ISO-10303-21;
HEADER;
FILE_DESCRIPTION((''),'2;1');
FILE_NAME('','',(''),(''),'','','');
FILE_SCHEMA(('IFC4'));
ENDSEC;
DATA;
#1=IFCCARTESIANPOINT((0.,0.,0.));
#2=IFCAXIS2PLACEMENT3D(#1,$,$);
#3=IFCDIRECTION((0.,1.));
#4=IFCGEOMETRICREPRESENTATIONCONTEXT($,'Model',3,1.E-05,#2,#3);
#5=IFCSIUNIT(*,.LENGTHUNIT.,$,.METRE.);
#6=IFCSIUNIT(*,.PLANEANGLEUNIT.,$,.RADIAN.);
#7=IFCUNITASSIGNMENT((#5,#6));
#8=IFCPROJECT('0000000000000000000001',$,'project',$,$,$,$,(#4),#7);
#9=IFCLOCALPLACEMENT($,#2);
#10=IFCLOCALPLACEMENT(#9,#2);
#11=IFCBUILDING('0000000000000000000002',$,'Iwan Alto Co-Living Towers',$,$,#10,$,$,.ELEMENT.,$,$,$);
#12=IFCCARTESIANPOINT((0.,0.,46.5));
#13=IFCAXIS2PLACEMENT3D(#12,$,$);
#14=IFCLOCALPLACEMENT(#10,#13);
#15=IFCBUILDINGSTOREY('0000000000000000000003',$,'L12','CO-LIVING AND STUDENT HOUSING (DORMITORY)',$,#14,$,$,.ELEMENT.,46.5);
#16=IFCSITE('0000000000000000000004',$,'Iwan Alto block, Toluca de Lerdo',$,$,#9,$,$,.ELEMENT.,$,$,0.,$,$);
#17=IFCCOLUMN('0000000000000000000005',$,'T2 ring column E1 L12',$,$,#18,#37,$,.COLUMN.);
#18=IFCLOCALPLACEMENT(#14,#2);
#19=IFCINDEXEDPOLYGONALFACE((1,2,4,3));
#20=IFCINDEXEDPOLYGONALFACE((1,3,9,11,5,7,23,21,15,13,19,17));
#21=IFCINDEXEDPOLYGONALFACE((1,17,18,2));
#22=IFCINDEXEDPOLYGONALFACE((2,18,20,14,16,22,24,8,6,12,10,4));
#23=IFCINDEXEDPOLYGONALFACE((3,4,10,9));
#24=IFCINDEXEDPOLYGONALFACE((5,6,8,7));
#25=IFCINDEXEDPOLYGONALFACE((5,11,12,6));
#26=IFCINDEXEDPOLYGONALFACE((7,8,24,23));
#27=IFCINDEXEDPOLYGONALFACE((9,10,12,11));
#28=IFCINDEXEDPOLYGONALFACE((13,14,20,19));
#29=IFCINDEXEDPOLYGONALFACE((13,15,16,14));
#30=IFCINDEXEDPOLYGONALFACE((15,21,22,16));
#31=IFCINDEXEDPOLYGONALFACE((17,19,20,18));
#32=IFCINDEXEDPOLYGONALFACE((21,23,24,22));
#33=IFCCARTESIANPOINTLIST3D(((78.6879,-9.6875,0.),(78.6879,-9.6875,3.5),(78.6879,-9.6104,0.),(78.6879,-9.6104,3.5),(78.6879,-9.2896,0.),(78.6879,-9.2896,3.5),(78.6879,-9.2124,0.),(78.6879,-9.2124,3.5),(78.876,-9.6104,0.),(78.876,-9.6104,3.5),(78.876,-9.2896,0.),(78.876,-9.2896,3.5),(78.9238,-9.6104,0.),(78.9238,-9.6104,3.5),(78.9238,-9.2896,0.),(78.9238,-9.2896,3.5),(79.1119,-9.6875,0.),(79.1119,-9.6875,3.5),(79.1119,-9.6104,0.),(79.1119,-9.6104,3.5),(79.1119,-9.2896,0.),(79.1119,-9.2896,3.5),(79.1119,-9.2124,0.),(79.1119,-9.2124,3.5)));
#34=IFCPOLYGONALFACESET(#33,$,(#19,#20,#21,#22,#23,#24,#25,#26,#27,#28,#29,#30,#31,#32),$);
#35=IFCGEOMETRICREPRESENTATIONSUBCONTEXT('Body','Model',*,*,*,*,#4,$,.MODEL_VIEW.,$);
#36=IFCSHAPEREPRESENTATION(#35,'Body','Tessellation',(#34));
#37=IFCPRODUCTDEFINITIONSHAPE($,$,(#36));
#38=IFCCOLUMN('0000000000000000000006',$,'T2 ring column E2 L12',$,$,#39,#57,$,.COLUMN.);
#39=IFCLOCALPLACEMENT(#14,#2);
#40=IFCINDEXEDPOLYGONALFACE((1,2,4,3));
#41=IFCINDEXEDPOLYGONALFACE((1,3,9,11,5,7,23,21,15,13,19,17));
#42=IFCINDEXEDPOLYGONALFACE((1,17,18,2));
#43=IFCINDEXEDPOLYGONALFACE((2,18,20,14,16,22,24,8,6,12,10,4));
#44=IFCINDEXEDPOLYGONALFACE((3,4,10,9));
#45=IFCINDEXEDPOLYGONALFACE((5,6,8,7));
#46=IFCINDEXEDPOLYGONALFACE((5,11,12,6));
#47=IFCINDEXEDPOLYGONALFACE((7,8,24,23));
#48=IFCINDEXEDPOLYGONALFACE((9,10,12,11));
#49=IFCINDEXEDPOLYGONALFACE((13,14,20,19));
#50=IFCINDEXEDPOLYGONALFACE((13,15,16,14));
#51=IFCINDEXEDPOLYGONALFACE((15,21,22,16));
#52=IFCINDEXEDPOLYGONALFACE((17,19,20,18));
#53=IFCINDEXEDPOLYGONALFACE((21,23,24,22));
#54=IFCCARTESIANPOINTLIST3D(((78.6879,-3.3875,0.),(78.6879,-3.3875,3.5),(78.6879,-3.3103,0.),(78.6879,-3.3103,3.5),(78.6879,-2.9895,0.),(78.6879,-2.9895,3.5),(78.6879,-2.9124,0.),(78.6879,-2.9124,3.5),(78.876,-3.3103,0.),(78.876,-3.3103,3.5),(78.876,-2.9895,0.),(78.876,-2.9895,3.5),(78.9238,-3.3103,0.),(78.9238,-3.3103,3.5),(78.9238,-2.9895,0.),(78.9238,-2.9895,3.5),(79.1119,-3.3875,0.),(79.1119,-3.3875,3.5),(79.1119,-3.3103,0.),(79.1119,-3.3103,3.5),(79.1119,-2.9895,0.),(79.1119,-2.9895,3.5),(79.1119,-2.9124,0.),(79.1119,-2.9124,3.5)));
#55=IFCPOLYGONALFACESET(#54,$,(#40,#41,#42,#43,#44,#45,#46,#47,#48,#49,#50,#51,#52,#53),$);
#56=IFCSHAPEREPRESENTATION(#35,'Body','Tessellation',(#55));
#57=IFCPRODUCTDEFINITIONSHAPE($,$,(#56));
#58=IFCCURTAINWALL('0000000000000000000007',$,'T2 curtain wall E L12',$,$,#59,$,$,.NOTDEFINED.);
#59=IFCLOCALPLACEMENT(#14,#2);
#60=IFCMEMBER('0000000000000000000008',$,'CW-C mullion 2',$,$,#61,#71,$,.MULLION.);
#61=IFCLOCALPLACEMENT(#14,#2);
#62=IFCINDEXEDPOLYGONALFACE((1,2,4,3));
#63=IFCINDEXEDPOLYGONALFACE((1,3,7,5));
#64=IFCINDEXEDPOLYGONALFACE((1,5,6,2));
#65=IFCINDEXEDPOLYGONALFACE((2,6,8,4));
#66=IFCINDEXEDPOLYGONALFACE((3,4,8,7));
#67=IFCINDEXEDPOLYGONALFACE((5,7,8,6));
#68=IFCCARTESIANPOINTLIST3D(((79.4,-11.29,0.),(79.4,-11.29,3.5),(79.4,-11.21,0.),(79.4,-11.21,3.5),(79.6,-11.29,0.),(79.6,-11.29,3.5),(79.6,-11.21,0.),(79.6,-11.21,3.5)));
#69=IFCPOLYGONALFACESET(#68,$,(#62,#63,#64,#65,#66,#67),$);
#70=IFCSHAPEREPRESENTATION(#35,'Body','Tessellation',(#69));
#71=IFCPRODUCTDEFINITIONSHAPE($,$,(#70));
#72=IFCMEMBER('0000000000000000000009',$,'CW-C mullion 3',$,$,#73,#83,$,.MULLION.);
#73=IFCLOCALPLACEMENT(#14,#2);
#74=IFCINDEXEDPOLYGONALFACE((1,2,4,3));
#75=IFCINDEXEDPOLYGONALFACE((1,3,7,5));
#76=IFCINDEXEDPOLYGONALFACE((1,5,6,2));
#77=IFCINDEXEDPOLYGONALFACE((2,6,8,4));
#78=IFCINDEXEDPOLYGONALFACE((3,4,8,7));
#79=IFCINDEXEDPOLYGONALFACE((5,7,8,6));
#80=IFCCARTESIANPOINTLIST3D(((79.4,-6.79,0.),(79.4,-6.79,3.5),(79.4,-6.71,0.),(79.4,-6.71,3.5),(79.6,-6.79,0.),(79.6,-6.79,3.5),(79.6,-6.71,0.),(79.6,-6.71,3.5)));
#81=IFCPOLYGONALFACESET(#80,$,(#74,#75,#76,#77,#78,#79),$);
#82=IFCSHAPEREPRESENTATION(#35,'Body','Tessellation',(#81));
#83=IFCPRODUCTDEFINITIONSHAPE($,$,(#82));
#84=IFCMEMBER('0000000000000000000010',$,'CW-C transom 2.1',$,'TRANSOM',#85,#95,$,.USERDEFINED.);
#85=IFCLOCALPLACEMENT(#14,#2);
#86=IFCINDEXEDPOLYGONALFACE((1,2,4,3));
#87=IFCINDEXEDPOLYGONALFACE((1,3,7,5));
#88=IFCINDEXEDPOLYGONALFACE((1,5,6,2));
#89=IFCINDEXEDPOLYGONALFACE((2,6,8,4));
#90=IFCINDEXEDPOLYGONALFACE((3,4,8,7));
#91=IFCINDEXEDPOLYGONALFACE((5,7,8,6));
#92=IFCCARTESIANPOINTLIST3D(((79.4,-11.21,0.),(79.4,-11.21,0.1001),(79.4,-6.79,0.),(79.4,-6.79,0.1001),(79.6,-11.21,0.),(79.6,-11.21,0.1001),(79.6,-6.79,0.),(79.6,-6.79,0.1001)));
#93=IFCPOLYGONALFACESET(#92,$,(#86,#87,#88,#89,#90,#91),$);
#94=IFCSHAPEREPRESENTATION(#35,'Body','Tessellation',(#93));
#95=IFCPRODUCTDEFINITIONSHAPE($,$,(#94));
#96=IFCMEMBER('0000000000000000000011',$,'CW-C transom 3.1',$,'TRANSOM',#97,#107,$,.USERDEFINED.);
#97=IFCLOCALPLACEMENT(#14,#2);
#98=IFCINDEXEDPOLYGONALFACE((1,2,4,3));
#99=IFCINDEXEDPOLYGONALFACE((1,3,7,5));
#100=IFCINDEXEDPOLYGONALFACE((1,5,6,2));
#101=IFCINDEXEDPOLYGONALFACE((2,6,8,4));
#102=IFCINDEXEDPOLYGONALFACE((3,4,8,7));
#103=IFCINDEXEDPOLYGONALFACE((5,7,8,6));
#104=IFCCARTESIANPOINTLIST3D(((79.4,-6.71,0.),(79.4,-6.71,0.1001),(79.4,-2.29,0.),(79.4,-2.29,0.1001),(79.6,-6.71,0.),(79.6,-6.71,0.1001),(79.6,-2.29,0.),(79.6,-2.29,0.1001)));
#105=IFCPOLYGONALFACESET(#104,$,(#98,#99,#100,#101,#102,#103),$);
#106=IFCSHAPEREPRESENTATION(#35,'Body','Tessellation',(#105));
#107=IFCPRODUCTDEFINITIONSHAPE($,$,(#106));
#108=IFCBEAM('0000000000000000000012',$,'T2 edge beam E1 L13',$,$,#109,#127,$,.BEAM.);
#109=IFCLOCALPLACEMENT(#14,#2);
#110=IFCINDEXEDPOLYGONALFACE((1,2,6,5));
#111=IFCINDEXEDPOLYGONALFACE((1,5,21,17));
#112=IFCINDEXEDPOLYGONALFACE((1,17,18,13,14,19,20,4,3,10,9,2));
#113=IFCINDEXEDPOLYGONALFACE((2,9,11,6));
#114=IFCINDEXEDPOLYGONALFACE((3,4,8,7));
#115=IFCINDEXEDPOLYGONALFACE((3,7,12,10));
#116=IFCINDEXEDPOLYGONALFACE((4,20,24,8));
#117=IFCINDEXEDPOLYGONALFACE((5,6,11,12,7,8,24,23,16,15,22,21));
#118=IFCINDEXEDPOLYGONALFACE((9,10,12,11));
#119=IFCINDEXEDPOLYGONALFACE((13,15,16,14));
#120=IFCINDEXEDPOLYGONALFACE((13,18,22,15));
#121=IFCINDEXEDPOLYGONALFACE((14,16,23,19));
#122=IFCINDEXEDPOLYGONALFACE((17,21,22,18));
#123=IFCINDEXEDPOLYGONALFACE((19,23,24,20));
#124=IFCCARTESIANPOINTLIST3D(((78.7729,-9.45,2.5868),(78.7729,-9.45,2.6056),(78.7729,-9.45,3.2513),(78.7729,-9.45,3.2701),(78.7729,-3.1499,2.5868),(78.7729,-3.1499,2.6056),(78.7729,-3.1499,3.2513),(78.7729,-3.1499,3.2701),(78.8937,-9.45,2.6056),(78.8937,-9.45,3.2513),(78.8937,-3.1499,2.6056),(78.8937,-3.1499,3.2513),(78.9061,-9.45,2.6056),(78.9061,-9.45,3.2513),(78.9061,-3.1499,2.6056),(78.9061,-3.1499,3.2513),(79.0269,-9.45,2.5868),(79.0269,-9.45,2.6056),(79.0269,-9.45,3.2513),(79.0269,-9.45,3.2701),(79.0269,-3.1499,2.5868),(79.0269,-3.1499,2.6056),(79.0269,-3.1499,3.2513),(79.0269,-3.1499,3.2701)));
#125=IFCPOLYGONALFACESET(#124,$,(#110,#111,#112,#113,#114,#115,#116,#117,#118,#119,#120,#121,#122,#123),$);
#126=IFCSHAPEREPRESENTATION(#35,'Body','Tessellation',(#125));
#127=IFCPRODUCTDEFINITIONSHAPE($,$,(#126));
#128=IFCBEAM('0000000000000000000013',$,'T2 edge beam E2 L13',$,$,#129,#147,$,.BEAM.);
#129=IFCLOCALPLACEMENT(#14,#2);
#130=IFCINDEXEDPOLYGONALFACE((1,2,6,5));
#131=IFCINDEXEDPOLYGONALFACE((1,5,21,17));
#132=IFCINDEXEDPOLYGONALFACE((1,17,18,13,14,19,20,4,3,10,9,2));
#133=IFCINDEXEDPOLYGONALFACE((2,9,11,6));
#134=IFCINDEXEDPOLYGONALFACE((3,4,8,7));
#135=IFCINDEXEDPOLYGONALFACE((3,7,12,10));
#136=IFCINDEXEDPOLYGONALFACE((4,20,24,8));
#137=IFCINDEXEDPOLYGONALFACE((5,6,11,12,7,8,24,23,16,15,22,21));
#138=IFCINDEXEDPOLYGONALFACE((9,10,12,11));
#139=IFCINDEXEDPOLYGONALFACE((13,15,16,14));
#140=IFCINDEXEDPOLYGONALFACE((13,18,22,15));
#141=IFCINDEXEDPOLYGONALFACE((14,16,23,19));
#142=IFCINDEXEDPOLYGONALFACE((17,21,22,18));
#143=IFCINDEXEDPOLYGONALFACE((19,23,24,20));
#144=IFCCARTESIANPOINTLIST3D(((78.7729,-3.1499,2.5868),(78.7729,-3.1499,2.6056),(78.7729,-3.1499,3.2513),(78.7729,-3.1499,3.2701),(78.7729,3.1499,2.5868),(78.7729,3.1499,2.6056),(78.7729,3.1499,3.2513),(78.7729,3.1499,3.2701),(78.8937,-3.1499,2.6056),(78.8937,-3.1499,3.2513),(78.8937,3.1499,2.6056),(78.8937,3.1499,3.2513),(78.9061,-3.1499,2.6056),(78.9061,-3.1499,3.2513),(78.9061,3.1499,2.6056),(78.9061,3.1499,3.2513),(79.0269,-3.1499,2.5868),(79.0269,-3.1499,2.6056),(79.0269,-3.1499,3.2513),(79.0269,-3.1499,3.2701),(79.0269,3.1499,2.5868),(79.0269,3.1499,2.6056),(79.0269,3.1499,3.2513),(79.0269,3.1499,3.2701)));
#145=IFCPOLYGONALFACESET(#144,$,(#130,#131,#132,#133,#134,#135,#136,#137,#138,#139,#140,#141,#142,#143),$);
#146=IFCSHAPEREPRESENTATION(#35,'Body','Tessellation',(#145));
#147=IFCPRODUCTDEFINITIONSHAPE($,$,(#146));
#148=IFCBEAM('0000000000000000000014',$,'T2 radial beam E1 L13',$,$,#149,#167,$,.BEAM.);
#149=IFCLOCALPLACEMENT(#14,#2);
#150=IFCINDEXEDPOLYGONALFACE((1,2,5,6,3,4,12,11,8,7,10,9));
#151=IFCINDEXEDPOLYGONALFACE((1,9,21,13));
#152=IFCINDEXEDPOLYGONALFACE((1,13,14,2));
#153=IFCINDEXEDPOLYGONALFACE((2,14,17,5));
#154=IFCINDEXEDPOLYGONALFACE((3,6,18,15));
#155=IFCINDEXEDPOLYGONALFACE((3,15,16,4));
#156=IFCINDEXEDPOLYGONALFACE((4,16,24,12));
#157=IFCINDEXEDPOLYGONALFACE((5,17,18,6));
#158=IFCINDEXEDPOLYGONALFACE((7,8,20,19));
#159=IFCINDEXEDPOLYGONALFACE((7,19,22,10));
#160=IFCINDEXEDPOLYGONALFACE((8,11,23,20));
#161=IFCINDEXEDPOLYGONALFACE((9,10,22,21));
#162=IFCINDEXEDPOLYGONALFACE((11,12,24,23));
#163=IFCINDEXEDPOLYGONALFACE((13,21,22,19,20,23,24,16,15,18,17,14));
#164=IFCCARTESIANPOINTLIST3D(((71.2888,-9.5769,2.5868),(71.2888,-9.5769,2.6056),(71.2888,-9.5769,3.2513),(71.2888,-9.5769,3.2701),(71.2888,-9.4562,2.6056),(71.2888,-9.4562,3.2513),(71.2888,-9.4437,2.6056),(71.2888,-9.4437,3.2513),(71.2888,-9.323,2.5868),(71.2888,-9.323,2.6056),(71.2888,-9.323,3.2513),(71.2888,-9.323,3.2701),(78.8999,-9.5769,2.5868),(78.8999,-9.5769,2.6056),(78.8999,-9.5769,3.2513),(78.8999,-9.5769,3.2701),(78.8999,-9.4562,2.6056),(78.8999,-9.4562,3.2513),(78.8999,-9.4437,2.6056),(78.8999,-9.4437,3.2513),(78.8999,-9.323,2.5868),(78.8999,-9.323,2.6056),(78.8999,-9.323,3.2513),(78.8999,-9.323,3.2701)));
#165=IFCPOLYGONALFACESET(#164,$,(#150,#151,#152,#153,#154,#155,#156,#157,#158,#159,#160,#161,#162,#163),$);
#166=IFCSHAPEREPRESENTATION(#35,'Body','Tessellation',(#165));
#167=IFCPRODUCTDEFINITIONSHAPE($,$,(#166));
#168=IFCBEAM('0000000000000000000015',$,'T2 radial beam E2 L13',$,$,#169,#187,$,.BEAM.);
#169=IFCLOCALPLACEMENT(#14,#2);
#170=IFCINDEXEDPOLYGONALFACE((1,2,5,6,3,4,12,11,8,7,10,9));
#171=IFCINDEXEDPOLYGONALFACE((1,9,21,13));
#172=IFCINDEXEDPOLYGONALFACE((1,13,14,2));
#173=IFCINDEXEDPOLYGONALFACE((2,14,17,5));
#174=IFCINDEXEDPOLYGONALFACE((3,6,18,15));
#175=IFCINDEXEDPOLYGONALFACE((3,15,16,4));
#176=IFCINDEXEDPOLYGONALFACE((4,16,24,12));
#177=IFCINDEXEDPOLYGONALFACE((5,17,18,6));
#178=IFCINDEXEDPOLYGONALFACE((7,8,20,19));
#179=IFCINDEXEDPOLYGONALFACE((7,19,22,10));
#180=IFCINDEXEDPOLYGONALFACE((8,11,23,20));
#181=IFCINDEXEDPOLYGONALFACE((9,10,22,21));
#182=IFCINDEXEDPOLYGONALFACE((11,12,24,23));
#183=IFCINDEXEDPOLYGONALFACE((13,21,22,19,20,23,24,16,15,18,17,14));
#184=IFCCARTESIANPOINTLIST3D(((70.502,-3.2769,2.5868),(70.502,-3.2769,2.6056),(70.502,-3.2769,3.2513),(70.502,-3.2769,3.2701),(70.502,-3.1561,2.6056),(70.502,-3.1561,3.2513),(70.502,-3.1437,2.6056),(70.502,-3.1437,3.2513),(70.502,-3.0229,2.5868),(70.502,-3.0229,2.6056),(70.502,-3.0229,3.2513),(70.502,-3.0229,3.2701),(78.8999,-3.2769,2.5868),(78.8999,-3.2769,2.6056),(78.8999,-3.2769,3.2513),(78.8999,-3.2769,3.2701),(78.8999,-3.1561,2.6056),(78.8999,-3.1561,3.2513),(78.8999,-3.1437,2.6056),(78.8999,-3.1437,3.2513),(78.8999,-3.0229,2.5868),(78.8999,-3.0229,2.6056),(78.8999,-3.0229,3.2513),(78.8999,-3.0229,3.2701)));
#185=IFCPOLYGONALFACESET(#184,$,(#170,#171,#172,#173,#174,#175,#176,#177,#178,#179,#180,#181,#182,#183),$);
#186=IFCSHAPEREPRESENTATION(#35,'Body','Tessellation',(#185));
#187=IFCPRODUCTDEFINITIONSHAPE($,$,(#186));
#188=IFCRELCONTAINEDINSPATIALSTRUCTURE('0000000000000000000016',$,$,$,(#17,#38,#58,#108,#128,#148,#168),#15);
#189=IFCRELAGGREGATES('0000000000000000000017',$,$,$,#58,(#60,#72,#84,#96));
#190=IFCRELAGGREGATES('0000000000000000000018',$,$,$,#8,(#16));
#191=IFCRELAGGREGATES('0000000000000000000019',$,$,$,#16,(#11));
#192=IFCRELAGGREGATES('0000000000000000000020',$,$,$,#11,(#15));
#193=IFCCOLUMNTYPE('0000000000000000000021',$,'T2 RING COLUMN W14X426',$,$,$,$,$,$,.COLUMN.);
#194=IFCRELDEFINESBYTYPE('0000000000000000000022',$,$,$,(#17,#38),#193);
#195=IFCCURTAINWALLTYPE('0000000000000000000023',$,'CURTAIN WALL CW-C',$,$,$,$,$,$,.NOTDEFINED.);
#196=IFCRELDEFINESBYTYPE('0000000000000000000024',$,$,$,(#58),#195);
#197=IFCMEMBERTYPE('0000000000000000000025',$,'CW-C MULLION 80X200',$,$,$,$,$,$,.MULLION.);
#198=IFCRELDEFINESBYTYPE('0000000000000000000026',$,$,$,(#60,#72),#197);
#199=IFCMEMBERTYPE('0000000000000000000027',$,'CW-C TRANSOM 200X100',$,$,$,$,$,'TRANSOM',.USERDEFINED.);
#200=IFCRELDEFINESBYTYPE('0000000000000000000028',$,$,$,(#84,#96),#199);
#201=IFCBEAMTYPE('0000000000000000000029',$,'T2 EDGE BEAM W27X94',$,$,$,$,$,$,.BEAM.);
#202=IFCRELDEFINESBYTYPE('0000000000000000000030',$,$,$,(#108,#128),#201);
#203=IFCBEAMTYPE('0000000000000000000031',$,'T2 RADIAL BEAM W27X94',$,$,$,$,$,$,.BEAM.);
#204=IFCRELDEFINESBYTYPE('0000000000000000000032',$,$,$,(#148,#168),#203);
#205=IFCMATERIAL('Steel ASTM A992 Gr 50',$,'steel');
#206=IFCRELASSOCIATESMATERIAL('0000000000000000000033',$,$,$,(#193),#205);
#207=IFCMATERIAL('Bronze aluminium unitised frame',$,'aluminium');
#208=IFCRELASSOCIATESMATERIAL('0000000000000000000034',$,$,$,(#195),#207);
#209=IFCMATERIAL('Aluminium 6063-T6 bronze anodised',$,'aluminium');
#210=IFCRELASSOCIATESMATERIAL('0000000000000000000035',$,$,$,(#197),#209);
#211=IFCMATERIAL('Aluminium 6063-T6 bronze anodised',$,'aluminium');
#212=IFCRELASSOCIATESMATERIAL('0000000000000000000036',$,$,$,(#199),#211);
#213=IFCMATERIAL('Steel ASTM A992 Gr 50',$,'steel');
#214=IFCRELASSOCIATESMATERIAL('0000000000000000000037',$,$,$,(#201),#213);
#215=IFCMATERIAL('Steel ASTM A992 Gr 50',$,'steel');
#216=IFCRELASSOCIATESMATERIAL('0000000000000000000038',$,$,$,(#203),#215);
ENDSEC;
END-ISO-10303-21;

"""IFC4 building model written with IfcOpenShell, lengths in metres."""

from ifc_helpers import new_model, si_unit, direction, frame, origin, origin_2d, place, context, subcontext, project, spatial, rectangle, i_section, extrude, material, material_profile, profile_set, type_object, element, aggregate, save


model = new_model("IFC4")

# Units and contexts
model_context = context("Model", 3, precision=1e-05, world=origin(), true_north=direction((0.0, 1.0)))
body_context = subcontext(model_context, "Body", "Model", "MODEL_VIEW")
ifc_project = project(units=[si_unit("LENGTHUNIT", "METRE"), si_unit("PLANEANGLEUNIT", "RADIAN")], contexts=[model_context])

# Site, building, storey
site_placement = place(None, origin())
site = spatial("IfcSite", under=ifc_project, at=site_placement, Name="Iwan Alto block, Toluca de Lerdo", CompositionType="ELEMENT", RefElevation=0.0)
building_placement = place(site_placement, origin())
building = spatial("IfcBuilding", under=site, at=building_placement, Name="Iwan Alto Co-Living Towers", CompositionType="ELEMENT")
storey_placement = place(building_placement, frame((0.0, 0.0, 46.5)))
storey = spatial("IfcBuildingStorey", under=building, at=storey_placement, Name="L12", Description="CO-LIVING AND STUDENT HOUSING (DORMITORY)", CompositionType="ELEMENT", Elevation=46.5)

# Columns
ifc_material_1 = material(Name="Steel ASTM A992 Gr 50", Category="steel")
ifc_material_profile_1 = material_profile(ifc_material_1, i_section(OverallWidth=0.4241, OverallDepth=0.4751, WebThickness=0.0479, FlangeThickness=0.0771, at=origin_2d()), Name="W14X426")
ifc_profile_set_1 = profile_set([ifc_material_profile_1], Name="Steel ASTM A992 Gr 50")
column_type = type_object("IfcColumnType", Name="T2 RING COLUMN W14X426", PredefinedType="COLUMN", material=ifc_profile_set_1)
for number, where, z_axis, x_axis, name in (
    (1, (78.8999, -9.45, 0.0), (0.0, 0.0, 1.0), (1.0, 0.0, 0.0), "T2 ring column E1 L12"),
    (2, (78.8999, -3.1499, 0.0), (0.0, 0.0, 1.0), (1.0, 0.0, 0.0), "T2 ring column E2 L12"),
):
    element("IfcColumn", number, at=place(storey_placement, frame(where, z_axis=z_axis, x_axis=x_axis)), inside=storey, type_object=column_type, Name=name, PredefinedType="COLUMN", context=body_context, shape_type="SweptSolid", body=[
        extrude(i_section(OverallWidth=0.4241, OverallDepth=0.4751, WebThickness=0.0479, FlangeThickness=0.0771, at=origin_2d()), origin(), (0.0, 0.0, 1.0), 3.5),
    ])

# Curtain wall, members
ifc_material_2 = material(Name="Bronze aluminium unitised frame", Category="aluminium")
curtain_wall_type = type_object("IfcCurtainWallType", Name="CURTAIN WALL CW-C", PredefinedType="NOTDEFINED", material=ifc_material_2)
curtain_wall_placement = place(storey_placement, origin())
curtain_wall = element("IfcCurtainWall", 3, at=curtain_wall_placement, inside=storey, type_object=curtain_wall_type, Name="T2 curtain wall E L12", PredefinedType="NOTDEFINED")
ifc_material_3 = material(Name="Aluminium 6063-T6 bronze anodised", Category="aluminium")
ifc_material_profile_2 = material_profile(ifc_material_3, rectangle(XDim=0.2, YDim=0.0801, at=origin_2d()), Name="AL 80X200")
ifc_profile_set_2 = profile_set([ifc_material_profile_2], Name="Aluminium 6063-T6 bronze anodised")
member_type_1 = type_object("IfcMemberType", Name="CW-C MULLION 80X200", PredefinedType="MULLION", material=ifc_profile_set_2)
member_1_placement = place(storey_placement, frame((79.5, -11.25, 0.0), z_axis=(0.0, 0.0, 1.0), x_axis=(-1.0, 0.0, 0.0)))
member_1 = element("IfcMember", 4, at=member_1_placement, type_object=member_type_1, Name="CW-C mullion 2", PredefinedType="MULLION", context=body_context, shape_type="SweptSolid", body=[
    extrude(rectangle(XDim=0.2, YDim=0.0801, at=origin_2d()), origin(), (0.0, 0.0, 1.0), 3.5),
])
member_2_placement = place(storey_placement, frame((79.5, -6.75, 0.0), z_axis=(0.0, 0.0, 1.0), x_axis=(-1.0, 0.0, 0.0)))
member_2 = element("IfcMember", 5, at=member_2_placement, type_object=member_type_1, Name="CW-C mullion 3", PredefinedType="MULLION", context=body_context, shape_type="SweptSolid", body=[
    extrude(rectangle(XDim=0.2, YDim=0.0801, at=origin_2d()), origin(), (0.0, 0.0, 1.0), 3.5),
])
ifc_material_4 = material(Name="Aluminium 6063-T6 bronze anodised", Category="aluminium")
ifc_material_profile_3 = material_profile(ifc_material_4, rectangle(XDim=0.2, YDim=0.1001, at=origin_2d()), Name="AL 200X100")
ifc_profile_set_3 = profile_set([ifc_material_profile_3], Name="Aluminium 6063-T6 bronze anodised")
member_type_2 = type_object("IfcMemberType", Name="CW-C TRANSOM 200X100", ElementType="TRANSOM", PredefinedType="USERDEFINED", material=ifc_profile_set_3)
member_3_placement = place(storey_placement, frame((79.5, -11.21, 0.05), z_axis=(0.0, 1.0, 0.0), x_axis=(-1.0, 0.0, 0.0)))
member_3 = element("IfcMember", 6, at=member_3_placement, type_object=member_type_2, Name="CW-C transom 2.1", ObjectType="TRANSOM", PredefinedType="USERDEFINED", context=body_context, shape_type="SweptSolid", body=[
    extrude(rectangle(XDim=0.2, YDim=0.1001, at=origin_2d()), origin(), (0.0, 0.0, 1.0), 4.4199),
])
member_4_placement = place(storey_placement, frame((79.5, -6.71, 0.05), z_axis=(0.0, 1.0, 0.0), x_axis=(-1.0, 0.0, 0.0)))
member_4 = element("IfcMember", 7, at=member_4_placement, type_object=member_type_2, Name="CW-C transom 3.1", ObjectType="TRANSOM", PredefinedType="USERDEFINED", context=body_context, shape_type="SweptSolid", body=[
    extrude(rectangle(XDim=0.2, YDim=0.1001, at=origin_2d()), origin(), (0.0, 0.0, 1.0), 4.4199),
])

# Beams
ifc_material_5 = material(Name="Steel ASTM A992 Gr 50", Category="steel")
ifc_material_profile_4 = material_profile(ifc_material_5, i_section(OverallWidth=0.2539, OverallDepth=0.6833, WebThickness=0.0125, FlangeThickness=0.0188, at=origin_2d()), Name="W27X94")
ifc_profile_set_4 = profile_set([ifc_material_profile_4], Name="Steel ASTM A992 Gr 50")
beam_type_1 = type_object("IfcBeamType", Name="T2 EDGE BEAM W27X94", PredefinedType="BEAM", material=ifc_profile_set_4)
beam_1_placement = place(storey_placement, frame((78.8999, -9.45, 2.9285), z_axis=(0.0, 1.0, 0.0), x_axis=(-1.0, 0.0, 0.0)))
element("IfcBeam", 8, at=beam_1_placement, inside=storey, type_object=beam_type_1, Name="T2 edge beam E1 L13", PredefinedType="BEAM", context=body_context, shape_type="SweptSolid", body=[
    extrude(i_section(OverallWidth=0.2539, OverallDepth=0.6833, WebThickness=0.0125, FlangeThickness=0.0188, at=origin_2d()), origin(), (0.0, 0.0, 1.0), 6.3),
])
beam_2_placement = place(storey_placement, frame((78.8999, -3.1499, 2.9285), z_axis=(0.0, 1.0, 0.0), x_axis=(-1.0, 0.0, 0.0)))
element("IfcBeam", 9, at=beam_2_placement, inside=storey, type_object=beam_type_1, Name="T2 edge beam E2 L13", PredefinedType="BEAM", context=body_context, shape_type="SweptSolid", body=[
    extrude(i_section(OverallWidth=0.2539, OverallDepth=0.6833, WebThickness=0.0125, FlangeThickness=0.0188, at=origin_2d()), origin(), (0.0, 0.0, 1.0), 6.2998),
])
ifc_material_6 = material(Name="Steel ASTM A992 Gr 50", Category="steel")
ifc_material_profile_5 = material_profile(ifc_material_6, i_section(OverallWidth=0.2539, OverallDepth=0.6833, WebThickness=0.0125, FlangeThickness=0.0188, at=origin_2d()), Name="W27X94")
ifc_profile_set_5 = profile_set([ifc_material_profile_5], Name="Steel ASTM A992 Gr 50")
beam_type_2 = type_object("IfcBeamType", Name="T2 RADIAL BEAM W27X94", PredefinedType="BEAM", material=ifc_profile_set_5)
beam_3_placement = place(storey_placement, frame((78.8999, -9.45, 2.9285), z_axis=(-1.0, 0.0, 0.0), x_axis=(0.0, -1.0, 0.0)))
element("IfcBeam", 10, at=beam_3_placement, inside=storey, type_object=beam_type_2, Name="T2 radial beam E1 L13", PredefinedType="BEAM", context=body_context, shape_type="SweptSolid", body=[
    extrude(i_section(OverallWidth=0.2539, OverallDepth=0.6833, WebThickness=0.0125, FlangeThickness=0.0188, at=origin_2d()), origin(), (0.0, 0.0, 1.0), 7.6111),
])
beam_4_placement = place(storey_placement, frame((78.8999, -3.1499, 2.9285), z_axis=(-1.0, 0.0, 0.0), x_axis=(0.0, -1.0, 0.0)))
element("IfcBeam", 11, at=beam_4_placement, inside=storey, type_object=beam_type_2, Name="T2 radial beam E2 L13", PredefinedType="BEAM", context=body_context, shape_type="SweptSolid", body=[
    extrude(i_section(OverallWidth=0.2539, OverallDepth=0.6833, WebThickness=0.0125, FlangeThickness=0.0188, at=origin_2d()), origin(), (0.0, 0.0, 1.0), 8.3979),
])

aggregate(curtain_wall, [member_1, member_2, member_3, member_4])

save(model, "model.ifc")
